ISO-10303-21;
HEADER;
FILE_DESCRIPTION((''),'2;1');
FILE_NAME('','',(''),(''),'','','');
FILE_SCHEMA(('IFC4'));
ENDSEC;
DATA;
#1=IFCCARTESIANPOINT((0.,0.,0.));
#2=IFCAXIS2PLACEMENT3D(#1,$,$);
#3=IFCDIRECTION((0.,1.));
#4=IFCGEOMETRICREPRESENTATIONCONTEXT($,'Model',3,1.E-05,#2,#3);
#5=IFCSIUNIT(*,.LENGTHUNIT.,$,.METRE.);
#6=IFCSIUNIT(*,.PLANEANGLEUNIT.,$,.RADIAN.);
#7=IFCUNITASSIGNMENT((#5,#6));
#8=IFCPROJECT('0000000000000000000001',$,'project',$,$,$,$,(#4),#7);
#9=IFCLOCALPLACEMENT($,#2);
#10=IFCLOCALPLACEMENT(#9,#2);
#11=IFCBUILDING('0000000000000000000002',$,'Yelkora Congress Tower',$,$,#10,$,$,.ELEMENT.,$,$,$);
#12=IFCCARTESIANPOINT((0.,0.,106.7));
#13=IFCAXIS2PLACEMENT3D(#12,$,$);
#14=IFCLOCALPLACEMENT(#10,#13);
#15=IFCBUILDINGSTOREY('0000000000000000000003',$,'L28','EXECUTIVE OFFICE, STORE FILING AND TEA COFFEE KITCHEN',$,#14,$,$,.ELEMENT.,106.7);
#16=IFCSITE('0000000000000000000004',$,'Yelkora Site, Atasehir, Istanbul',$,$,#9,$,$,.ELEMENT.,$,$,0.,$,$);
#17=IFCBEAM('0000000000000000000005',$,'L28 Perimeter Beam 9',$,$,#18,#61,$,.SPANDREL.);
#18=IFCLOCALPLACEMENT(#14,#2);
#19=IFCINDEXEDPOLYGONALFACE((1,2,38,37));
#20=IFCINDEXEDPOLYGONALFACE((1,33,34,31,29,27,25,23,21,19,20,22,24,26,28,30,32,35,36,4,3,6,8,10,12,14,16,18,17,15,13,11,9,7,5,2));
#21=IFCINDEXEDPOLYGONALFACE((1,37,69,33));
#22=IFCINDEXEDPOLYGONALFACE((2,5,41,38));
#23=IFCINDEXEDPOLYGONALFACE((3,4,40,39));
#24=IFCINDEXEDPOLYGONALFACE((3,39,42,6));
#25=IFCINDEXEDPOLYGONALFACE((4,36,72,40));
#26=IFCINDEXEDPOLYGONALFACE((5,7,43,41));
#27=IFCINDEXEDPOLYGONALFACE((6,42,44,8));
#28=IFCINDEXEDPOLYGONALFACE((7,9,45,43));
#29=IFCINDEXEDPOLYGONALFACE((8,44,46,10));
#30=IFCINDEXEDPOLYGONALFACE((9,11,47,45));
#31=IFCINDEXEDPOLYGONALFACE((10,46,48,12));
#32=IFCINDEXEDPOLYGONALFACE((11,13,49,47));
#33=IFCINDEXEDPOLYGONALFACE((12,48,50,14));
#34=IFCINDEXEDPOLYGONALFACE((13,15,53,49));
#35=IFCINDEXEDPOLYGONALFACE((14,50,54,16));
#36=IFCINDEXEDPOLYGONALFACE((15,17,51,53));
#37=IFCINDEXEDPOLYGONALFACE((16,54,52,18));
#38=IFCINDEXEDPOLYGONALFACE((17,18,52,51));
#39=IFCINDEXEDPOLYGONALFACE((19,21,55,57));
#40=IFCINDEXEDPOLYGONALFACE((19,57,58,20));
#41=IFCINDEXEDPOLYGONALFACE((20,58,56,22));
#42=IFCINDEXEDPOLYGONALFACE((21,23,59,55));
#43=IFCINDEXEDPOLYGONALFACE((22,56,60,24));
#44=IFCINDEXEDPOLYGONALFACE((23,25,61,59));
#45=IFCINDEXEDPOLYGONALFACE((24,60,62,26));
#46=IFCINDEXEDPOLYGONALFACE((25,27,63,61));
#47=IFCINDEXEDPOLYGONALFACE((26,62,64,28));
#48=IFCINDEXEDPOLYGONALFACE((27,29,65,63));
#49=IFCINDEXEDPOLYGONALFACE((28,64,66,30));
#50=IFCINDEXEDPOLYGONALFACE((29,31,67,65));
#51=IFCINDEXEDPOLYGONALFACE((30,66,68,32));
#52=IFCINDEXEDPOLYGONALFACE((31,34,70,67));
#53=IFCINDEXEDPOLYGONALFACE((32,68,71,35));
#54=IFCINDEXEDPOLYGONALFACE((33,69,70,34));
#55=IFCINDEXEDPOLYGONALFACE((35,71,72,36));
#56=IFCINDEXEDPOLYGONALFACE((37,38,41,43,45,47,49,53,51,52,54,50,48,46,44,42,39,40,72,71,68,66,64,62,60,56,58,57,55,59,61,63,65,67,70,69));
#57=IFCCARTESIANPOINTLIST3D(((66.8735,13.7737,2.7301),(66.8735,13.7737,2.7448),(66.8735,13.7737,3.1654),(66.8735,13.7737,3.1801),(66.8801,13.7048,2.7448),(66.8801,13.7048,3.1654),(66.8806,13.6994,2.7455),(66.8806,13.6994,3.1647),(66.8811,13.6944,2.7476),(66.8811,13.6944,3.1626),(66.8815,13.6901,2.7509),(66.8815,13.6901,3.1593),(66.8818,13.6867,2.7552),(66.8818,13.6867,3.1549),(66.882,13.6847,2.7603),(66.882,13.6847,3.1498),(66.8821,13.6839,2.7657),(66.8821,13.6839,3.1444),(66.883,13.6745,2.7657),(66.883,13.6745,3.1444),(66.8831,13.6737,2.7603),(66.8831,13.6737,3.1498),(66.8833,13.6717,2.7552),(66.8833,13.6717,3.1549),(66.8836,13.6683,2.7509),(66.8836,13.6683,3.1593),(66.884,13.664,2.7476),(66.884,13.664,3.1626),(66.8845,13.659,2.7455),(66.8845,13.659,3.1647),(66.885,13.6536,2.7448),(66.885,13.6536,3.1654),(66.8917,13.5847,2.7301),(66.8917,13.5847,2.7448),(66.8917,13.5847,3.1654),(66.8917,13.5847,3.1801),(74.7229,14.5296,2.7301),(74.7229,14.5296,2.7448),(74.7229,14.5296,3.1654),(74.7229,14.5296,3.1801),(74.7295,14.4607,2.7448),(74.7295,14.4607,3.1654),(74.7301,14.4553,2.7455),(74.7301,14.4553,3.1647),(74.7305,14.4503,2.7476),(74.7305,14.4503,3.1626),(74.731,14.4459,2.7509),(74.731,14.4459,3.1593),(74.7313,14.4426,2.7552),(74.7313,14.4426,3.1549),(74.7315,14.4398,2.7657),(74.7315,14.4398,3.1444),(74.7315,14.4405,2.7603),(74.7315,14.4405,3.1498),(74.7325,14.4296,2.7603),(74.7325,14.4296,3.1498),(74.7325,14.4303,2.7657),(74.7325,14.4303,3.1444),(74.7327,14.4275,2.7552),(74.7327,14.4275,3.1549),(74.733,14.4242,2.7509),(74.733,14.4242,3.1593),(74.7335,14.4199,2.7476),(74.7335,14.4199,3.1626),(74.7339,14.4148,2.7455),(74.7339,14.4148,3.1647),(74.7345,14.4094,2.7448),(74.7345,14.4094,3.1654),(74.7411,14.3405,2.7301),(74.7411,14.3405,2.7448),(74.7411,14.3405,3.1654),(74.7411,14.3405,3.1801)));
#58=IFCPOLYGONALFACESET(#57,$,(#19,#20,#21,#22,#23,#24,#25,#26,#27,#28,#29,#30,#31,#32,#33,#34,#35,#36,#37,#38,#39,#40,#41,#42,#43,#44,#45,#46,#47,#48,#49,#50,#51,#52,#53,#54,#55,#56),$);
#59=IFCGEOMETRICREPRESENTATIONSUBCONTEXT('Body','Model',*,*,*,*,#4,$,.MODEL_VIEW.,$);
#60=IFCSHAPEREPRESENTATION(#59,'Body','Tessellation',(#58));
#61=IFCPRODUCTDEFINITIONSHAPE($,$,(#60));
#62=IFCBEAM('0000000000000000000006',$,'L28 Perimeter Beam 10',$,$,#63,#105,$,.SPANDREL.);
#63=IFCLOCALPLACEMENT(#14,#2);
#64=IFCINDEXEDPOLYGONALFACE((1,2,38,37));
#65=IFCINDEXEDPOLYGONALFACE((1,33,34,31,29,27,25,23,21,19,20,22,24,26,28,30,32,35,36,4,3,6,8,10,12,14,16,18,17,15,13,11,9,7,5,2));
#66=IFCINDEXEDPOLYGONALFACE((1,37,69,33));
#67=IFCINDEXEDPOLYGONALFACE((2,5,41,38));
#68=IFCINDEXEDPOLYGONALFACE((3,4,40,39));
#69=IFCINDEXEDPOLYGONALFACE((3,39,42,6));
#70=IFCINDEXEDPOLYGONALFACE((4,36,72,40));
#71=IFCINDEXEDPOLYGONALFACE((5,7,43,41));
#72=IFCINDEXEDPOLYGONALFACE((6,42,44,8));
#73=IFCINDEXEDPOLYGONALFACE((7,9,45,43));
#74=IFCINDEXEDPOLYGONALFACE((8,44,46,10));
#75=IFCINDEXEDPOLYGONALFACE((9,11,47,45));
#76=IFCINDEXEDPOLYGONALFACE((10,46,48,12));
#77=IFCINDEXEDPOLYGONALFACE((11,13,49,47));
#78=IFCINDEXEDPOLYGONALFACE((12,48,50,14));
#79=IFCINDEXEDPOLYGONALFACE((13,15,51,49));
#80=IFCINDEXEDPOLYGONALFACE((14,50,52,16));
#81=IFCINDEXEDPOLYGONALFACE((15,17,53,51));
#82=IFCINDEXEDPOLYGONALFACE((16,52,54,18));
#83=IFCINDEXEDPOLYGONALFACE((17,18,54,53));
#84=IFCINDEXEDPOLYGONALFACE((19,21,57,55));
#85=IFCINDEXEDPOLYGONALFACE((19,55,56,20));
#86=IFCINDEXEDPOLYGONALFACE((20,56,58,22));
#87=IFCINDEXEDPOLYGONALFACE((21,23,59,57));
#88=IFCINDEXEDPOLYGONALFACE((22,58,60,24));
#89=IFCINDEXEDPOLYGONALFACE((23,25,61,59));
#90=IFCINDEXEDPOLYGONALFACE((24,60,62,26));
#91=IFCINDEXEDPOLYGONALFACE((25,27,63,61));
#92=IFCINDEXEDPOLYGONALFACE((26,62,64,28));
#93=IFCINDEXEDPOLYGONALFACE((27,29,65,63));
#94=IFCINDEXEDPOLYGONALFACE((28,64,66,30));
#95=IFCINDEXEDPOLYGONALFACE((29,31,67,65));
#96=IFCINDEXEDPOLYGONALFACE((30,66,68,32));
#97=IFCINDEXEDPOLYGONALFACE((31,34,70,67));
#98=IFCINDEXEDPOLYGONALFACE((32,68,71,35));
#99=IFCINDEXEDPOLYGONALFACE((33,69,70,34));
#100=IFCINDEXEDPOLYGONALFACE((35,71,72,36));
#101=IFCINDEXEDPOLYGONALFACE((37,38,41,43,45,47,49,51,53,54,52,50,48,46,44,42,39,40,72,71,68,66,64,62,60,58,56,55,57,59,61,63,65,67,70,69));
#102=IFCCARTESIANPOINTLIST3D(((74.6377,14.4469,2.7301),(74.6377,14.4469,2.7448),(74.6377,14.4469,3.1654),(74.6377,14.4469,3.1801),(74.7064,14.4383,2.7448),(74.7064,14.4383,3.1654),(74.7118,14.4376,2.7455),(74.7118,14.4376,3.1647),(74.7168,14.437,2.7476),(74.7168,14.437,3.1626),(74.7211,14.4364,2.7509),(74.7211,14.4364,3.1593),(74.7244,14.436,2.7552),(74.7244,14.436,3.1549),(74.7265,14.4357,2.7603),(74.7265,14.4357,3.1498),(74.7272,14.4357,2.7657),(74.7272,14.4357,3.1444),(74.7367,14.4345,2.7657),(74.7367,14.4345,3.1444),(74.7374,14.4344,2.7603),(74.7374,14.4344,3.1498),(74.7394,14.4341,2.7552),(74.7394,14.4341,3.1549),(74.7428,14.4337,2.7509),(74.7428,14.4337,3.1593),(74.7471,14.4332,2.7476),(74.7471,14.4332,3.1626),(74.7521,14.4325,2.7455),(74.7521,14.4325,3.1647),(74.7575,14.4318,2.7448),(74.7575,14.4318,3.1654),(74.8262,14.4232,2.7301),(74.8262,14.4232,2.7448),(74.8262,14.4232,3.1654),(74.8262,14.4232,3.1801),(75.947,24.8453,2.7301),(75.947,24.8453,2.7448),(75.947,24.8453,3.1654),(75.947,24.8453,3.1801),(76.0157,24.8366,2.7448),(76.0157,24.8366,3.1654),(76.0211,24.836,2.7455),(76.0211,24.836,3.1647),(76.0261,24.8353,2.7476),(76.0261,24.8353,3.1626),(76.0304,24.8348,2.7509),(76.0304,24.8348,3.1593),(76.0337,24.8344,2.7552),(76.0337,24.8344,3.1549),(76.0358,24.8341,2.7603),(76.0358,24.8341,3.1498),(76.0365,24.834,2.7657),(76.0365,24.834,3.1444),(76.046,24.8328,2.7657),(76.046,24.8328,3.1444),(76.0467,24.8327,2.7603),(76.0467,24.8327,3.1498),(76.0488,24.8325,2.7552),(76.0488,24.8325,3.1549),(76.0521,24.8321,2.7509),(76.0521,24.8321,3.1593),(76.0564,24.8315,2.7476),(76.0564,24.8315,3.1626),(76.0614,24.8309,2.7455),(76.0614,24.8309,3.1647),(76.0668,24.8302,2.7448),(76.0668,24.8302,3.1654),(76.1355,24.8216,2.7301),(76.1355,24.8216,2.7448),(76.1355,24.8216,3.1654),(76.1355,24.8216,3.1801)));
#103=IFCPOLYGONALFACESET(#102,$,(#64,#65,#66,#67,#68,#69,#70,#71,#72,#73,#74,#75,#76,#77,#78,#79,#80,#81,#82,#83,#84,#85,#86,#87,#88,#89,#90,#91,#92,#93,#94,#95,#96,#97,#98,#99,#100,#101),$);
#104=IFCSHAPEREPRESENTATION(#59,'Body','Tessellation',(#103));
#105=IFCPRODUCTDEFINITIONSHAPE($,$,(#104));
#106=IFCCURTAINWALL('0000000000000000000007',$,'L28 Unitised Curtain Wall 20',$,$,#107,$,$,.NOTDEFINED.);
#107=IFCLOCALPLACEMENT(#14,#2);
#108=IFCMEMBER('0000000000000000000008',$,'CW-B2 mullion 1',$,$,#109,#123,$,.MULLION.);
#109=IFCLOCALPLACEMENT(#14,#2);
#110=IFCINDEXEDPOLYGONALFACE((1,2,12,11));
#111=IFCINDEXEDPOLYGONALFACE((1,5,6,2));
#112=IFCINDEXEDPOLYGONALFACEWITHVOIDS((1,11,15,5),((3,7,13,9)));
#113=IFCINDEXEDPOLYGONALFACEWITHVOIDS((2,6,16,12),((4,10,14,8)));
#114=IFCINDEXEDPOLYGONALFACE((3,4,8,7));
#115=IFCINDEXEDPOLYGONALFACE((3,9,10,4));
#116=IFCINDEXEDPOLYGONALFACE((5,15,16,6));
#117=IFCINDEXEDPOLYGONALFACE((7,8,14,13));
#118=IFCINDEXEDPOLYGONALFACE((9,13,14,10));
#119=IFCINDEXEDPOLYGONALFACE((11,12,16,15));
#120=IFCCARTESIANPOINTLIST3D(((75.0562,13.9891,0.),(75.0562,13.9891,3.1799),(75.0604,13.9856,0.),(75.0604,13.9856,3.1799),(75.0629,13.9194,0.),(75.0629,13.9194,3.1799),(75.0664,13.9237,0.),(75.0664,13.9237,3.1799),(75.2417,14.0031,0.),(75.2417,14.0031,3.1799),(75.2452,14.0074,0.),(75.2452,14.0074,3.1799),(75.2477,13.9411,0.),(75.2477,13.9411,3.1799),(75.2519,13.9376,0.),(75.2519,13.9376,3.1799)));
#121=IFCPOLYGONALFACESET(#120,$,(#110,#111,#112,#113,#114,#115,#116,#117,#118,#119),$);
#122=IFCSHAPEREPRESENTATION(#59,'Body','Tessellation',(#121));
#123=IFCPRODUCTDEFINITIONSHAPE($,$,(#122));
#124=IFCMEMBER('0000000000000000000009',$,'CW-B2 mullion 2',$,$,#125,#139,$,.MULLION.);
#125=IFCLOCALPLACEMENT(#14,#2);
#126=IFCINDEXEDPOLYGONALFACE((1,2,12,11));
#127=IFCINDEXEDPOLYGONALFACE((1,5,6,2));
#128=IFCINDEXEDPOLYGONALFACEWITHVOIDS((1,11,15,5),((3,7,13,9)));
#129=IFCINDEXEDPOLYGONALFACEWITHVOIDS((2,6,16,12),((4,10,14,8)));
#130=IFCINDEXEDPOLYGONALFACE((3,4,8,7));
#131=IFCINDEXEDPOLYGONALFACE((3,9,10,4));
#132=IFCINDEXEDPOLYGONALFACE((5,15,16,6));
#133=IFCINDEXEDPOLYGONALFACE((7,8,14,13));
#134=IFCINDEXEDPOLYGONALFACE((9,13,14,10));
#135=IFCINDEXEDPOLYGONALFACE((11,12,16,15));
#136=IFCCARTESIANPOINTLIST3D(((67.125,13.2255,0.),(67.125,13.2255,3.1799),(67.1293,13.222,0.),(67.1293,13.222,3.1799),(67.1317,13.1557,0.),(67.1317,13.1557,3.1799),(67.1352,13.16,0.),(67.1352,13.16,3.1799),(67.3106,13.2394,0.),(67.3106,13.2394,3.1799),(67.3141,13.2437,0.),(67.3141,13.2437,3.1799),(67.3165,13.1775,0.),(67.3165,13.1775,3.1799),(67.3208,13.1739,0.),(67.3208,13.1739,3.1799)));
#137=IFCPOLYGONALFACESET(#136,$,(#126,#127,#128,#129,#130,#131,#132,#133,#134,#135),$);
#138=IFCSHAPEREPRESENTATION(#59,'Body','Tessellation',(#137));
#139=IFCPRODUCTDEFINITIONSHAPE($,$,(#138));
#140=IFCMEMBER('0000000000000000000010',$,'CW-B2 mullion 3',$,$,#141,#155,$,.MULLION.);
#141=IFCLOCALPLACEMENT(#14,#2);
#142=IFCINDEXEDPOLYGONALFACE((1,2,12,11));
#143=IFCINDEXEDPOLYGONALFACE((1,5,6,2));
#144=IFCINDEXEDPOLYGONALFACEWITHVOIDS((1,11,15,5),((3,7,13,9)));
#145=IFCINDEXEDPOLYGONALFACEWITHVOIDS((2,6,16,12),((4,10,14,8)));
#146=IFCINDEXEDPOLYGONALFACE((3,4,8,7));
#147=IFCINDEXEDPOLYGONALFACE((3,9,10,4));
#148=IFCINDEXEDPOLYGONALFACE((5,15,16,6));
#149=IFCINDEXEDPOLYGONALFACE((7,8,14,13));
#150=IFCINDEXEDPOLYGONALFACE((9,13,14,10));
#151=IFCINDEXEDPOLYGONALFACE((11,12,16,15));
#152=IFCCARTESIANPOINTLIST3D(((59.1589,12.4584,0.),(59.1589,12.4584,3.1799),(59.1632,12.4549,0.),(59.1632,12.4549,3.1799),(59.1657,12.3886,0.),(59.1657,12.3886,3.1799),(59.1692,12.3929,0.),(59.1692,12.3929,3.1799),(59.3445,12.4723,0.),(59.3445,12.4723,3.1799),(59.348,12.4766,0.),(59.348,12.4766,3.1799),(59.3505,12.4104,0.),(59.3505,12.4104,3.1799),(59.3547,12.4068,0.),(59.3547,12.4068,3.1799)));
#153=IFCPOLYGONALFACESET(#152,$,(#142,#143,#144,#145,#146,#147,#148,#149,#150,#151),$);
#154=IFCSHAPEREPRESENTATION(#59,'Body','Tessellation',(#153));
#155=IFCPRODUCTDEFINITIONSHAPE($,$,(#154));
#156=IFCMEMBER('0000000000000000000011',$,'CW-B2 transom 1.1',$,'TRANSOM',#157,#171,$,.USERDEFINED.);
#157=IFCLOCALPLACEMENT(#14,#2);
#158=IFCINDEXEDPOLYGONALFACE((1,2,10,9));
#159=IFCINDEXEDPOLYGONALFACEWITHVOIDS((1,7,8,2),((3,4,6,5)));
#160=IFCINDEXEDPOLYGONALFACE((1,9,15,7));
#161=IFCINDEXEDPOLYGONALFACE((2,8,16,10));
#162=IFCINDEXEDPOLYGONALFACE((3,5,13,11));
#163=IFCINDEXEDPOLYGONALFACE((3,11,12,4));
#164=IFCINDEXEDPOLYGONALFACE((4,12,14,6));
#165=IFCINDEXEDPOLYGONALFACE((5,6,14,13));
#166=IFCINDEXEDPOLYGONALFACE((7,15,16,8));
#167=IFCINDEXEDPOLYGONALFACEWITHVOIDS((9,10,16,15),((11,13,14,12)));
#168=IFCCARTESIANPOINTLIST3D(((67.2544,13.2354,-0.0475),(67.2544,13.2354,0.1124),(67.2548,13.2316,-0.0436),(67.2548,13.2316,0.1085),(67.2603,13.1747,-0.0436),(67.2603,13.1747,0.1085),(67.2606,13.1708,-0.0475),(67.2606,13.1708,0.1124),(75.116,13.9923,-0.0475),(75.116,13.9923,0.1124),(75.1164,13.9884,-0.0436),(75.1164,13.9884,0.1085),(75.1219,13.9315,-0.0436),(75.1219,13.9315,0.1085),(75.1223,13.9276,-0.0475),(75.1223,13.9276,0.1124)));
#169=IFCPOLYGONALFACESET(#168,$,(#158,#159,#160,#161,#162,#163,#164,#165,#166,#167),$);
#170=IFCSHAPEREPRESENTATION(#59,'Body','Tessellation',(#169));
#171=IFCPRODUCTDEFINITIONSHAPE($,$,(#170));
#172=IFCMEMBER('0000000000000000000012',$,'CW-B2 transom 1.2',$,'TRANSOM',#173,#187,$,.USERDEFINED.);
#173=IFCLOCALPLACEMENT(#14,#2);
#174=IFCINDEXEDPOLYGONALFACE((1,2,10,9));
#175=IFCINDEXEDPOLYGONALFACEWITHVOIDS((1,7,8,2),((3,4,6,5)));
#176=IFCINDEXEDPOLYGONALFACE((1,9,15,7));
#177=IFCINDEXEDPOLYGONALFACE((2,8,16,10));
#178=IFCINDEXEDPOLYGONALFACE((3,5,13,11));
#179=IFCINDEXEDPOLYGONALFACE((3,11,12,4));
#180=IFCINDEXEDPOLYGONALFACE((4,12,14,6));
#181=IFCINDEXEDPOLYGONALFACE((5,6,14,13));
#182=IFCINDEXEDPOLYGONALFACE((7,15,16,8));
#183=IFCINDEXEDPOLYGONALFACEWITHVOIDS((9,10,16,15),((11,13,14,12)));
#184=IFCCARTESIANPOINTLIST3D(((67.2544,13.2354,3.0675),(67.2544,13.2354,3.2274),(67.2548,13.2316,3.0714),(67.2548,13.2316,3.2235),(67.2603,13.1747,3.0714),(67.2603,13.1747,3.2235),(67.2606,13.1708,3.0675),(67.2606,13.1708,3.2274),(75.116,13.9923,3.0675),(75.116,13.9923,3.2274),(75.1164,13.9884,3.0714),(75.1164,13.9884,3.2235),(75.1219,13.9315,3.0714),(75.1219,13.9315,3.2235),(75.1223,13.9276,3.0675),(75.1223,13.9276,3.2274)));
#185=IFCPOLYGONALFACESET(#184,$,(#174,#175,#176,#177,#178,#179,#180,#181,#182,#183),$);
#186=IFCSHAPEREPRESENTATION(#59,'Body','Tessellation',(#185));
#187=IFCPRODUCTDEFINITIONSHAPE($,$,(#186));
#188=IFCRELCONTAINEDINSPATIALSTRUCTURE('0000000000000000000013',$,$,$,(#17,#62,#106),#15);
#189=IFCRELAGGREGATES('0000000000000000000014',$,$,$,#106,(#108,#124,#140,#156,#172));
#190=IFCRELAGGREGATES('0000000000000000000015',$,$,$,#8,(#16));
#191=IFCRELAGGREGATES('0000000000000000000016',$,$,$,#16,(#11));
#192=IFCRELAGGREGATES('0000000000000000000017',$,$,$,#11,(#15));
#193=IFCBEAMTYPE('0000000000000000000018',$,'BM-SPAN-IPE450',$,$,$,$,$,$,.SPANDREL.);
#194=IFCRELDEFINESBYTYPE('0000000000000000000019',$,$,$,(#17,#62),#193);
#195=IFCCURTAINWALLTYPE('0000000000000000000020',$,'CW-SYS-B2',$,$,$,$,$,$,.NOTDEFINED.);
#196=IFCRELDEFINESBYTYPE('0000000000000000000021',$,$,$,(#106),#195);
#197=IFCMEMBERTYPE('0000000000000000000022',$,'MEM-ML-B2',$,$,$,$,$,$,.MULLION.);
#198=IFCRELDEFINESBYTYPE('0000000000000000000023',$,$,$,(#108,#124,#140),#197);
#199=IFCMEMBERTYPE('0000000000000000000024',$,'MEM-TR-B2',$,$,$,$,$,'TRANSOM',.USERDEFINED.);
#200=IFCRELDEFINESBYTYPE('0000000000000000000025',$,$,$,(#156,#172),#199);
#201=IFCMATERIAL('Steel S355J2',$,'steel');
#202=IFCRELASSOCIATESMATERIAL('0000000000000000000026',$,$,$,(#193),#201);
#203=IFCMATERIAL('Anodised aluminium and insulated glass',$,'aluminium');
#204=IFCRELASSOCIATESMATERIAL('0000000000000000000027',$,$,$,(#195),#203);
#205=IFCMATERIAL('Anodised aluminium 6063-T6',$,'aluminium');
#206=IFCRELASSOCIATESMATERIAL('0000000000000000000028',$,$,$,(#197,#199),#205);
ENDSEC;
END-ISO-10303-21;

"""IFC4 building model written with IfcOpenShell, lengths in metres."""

from ifc_helpers import new_model, si_unit, direction, frame, origin, origin_2d, place, context, subcontext, project, spatial, hollow_rectangle, i_section, extrude, material, material_profile, profile_set, type_object, element, aggregate, save


model = new_model("IFC4")

# Units and contexts
model_context = context("Model", 3, precision=1e-05, world=origin(), true_north=direction((0.0, 1.0)))
body_context = subcontext(model_context, "Body", "Model", "MODEL_VIEW")
ifc_project = project(units=[si_unit("LENGTHUNIT", "METRE"), si_unit("PLANEANGLEUNIT", "RADIAN")], contexts=[model_context])

# Site, building, storey
site_placement = place(None, origin())
site = spatial("IfcSite", under=ifc_project, at=site_placement, Name="Yelkora Site, Atasehir, Istanbul", CompositionType="ELEMENT", RefElevation=0.0)
building_placement = place(site_placement, origin())
building = spatial("IfcBuilding", under=site, at=building_placement, Name="Yelkora Congress Tower", CompositionType="ELEMENT")
storey_placement = place(building_placement, frame((0.0, 0.0, 106.7)))
storey = spatial("IfcBuildingStorey", under=building, at=storey_placement, Name="L28", Description="EXECUTIVE OFFICE, STORE FILING AND TEA COFFEE KITCHEN", CompositionType="ELEMENT", Elevation=106.7)

# Beams
ifc_material_1 = material(Name="Steel S355J2", Category="steel")
ifc_material_profile_1 = material_profile(ifc_material_1, i_section(OverallWidth=0.1899, OverallDepth=0.45, WebThickness=0.0095, FlangeThickness=0.0146, FilletRadius=0.021, at=origin_2d()), Name="IPE 450")
ifc_profile_set_1 = profile_set([ifc_material_profile_1], Name="Steel S355J2")
beam_type_1 = type_object("IfcBeamType", Name="BM-SPAN-IPE450", PredefinedType="SPANDREL", material=ifc_profile_set_1)
beam_1_placement = place(storey_placement, frame((66.8826, 13.6792, 2.9551), z_axis=(0.995396, 0.095852, 0.0), x_axis=(-0.095852, 0.995396, 0.0)))
element("IfcBeam", 1, at=beam_1_placement, inside=storey, type_object=beam_type_1, Name="L28 Perimeter Beam 9", PredefinedType="SPANDREL", context=body_context, shape_type="SweptSolid", body=[
    extrude(i_section(OverallWidth=0.1899, OverallDepth=0.45, WebThickness=0.0095, FlangeThickness=0.0146, FilletRadius=0.021, at=origin_2d()), origin(), (0.0, 0.0, 1.0), 7.8857),
])
beam_2_placement = place(storey_placement, frame((74.7319, 14.4351, 2.9551), z_axis=(0.124929, 0.992166, 0.0), x_axis=(-0.992166, 0.124929, 0.0)))
element("IfcBeam", 2, at=beam_2_placement, inside=storey, type_object=beam_type_1, Name="L28 Perimeter Beam 10", PredefinedType="SPANDREL", context=body_context, shape_type="SweptSolid", body=[
    extrude(i_section(OverallWidth=0.1899, OverallDepth=0.45, WebThickness=0.0095, FlangeThickness=0.0146, FilletRadius=0.021, at=origin_2d()), origin(), (0.0, 0.0, 1.0), 10.4805),
])

# Curtain wall, members
ifc_material_2 = material(Name="Anodised aluminium and insulated glass", Category="aluminium")
curtain_wall_type = type_object("IfcCurtainWallType", Name="CW-SYS-B2", PredefinedType="NOTDEFINED", material=ifc_material_2)
curtain_wall_placement = place(storey_placement, origin())
curtain_wall = element("IfcCurtainWall", 3, at=curtain_wall_placement, inside=storey, type_object=curtain_wall_type, Name="L28 Unitised Curtain Wall 20", PredefinedType="NOTDEFINED")
ifc_material_3 = material(Name="Anodised aluminium 6063-T6", Category="aluminium")
ifc_material_profile_2 = material_profile(ifc_material_3, hollow_rectangle(XDim=0.0701, YDim=0.1899, WallThickness=0.0039, at=origin_2d()), Name="ALU 70x190x4")
ifc_profile_set_2 = profile_set([ifc_material_profile_2], Name="Anodised aluminium 6063-T6")
member_type_1 = type_object("IfcMemberType", Name="MEM-ML-B2", PredefinedType="MULLION", material=ifc_profile_set_2)
member_1_placement = place(storey_placement, frame((75.1541, 13.9634, 0.0), z_axis=(0.0, 0.0, 1.0), x_axis=(0.095844, -0.995396, 0.0)))
member_1 = element("IfcMember", 4, at=member_1_placement, type_object=member_type_1, Name="CW-B2 mullion 1", PredefinedType="MULLION", context=body_context, shape_type="SweptSolid", body=[
    extrude(hollow_rectangle(XDim=0.0701, YDim=0.1899, WallThickness=0.0039, at=origin_2d()), origin(), (0.0, 0.0, 1.0), 3.1799),
])
member_2_placement = place(storey_placement, frame((67.2229, 13.1997, 0.0), z_axis=(0.0, 0.0, 1.0), x_axis=(0.095844, -0.995396, 0.0)))
member_2 = element("IfcMember", 5, at=member_2_placement, type_object=member_type_1, Name="CW-B2 mullion 2", PredefinedType="MULLION", context=body_context, shape_type="SweptSolid", body=[
    extrude(hollow_rectangle(XDim=0.0701, YDim=0.1899, WallThickness=0.0039, at=origin_2d()), origin(), (0.0, 0.0, 1.0), 3.1799),
])
member_3_placement = place(storey_placement, frame((59.2568, 12.4326, 0.0), z_axis=(0.0, 0.0, 1.0), x_axis=(0.095844, -0.995396, 0.0)))
member_3 = element("IfcMember", 6, at=member_3_placement, type_object=member_type_1, Name="CW-B2 mullion 3", PredefinedType="MULLION", context=body_context, shape_type="SweptSolid", body=[
    extrude(hollow_rectangle(XDim=0.0701, YDim=0.1899, WallThickness=0.0039, at=origin_2d()), origin(), (0.0, 0.0, 1.0), 3.1799),
])
ifc_material_profile_3 = material_profile(ifc_material_3, hollow_rectangle(XDim=0.0649, YDim=0.1599, WallThickness=0.0039, at=origin_2d()), Name="ALU 65x160x4")
ifc_profile_set_3 = profile_set([ifc_material_profile_3], Name="Anodised aluminium 6063-T6")
member_type_2 = type_object("IfcMemberType", Name="MEM-TR-B2", ElementType="TRANSOM", PredefinedType="USERDEFINED", material=ifc_profile_set_3)
member_4_placement = place(storey_placement, frame((75.1191, 13.96, 0.0325), z_axis=(-0.995398, -0.095827, 0.0), x_axis=(0.095827, -0.995398, 0.0)))
member_4 = element("IfcMember", 7, at=member_4_placement, type_object=member_type_2, Name="CW-B2 transom 1.1", ObjectType="TRANSOM", PredefinedType="USERDEFINED", context=body_context, shape_type="SweptSolid", body=[
    extrude(hollow_rectangle(XDim=0.0649, YDim=0.1599, WallThickness=0.0039, at=origin_2d()), origin(), (0.0, 0.0, 1.0), 7.8979),
])
member_5_placement = place(storey_placement, frame((75.1191, 13.96, 3.1475), z_axis=(-0.995398, -0.095827, 0.0), x_axis=(0.095827, -0.995398, 0.0)))
member_5 = element("IfcMember", 8, at=member_5_placement, type_object=member_type_2, Name="CW-B2 transom 1.2", ObjectType="TRANSOM", PredefinedType="USERDEFINED", context=body_context, shape_type="SweptSolid", body=[
    extrude(hollow_rectangle(XDim=0.0649, YDim=0.1599, WallThickness=0.0039, at=origin_2d()), origin(), (0.0, 0.0, 1.0), 7.8979),
])
aggregate(curtain_wall, [member_1, member_2, member_3, member_4, member_5])

save(model, "model.ifc")
